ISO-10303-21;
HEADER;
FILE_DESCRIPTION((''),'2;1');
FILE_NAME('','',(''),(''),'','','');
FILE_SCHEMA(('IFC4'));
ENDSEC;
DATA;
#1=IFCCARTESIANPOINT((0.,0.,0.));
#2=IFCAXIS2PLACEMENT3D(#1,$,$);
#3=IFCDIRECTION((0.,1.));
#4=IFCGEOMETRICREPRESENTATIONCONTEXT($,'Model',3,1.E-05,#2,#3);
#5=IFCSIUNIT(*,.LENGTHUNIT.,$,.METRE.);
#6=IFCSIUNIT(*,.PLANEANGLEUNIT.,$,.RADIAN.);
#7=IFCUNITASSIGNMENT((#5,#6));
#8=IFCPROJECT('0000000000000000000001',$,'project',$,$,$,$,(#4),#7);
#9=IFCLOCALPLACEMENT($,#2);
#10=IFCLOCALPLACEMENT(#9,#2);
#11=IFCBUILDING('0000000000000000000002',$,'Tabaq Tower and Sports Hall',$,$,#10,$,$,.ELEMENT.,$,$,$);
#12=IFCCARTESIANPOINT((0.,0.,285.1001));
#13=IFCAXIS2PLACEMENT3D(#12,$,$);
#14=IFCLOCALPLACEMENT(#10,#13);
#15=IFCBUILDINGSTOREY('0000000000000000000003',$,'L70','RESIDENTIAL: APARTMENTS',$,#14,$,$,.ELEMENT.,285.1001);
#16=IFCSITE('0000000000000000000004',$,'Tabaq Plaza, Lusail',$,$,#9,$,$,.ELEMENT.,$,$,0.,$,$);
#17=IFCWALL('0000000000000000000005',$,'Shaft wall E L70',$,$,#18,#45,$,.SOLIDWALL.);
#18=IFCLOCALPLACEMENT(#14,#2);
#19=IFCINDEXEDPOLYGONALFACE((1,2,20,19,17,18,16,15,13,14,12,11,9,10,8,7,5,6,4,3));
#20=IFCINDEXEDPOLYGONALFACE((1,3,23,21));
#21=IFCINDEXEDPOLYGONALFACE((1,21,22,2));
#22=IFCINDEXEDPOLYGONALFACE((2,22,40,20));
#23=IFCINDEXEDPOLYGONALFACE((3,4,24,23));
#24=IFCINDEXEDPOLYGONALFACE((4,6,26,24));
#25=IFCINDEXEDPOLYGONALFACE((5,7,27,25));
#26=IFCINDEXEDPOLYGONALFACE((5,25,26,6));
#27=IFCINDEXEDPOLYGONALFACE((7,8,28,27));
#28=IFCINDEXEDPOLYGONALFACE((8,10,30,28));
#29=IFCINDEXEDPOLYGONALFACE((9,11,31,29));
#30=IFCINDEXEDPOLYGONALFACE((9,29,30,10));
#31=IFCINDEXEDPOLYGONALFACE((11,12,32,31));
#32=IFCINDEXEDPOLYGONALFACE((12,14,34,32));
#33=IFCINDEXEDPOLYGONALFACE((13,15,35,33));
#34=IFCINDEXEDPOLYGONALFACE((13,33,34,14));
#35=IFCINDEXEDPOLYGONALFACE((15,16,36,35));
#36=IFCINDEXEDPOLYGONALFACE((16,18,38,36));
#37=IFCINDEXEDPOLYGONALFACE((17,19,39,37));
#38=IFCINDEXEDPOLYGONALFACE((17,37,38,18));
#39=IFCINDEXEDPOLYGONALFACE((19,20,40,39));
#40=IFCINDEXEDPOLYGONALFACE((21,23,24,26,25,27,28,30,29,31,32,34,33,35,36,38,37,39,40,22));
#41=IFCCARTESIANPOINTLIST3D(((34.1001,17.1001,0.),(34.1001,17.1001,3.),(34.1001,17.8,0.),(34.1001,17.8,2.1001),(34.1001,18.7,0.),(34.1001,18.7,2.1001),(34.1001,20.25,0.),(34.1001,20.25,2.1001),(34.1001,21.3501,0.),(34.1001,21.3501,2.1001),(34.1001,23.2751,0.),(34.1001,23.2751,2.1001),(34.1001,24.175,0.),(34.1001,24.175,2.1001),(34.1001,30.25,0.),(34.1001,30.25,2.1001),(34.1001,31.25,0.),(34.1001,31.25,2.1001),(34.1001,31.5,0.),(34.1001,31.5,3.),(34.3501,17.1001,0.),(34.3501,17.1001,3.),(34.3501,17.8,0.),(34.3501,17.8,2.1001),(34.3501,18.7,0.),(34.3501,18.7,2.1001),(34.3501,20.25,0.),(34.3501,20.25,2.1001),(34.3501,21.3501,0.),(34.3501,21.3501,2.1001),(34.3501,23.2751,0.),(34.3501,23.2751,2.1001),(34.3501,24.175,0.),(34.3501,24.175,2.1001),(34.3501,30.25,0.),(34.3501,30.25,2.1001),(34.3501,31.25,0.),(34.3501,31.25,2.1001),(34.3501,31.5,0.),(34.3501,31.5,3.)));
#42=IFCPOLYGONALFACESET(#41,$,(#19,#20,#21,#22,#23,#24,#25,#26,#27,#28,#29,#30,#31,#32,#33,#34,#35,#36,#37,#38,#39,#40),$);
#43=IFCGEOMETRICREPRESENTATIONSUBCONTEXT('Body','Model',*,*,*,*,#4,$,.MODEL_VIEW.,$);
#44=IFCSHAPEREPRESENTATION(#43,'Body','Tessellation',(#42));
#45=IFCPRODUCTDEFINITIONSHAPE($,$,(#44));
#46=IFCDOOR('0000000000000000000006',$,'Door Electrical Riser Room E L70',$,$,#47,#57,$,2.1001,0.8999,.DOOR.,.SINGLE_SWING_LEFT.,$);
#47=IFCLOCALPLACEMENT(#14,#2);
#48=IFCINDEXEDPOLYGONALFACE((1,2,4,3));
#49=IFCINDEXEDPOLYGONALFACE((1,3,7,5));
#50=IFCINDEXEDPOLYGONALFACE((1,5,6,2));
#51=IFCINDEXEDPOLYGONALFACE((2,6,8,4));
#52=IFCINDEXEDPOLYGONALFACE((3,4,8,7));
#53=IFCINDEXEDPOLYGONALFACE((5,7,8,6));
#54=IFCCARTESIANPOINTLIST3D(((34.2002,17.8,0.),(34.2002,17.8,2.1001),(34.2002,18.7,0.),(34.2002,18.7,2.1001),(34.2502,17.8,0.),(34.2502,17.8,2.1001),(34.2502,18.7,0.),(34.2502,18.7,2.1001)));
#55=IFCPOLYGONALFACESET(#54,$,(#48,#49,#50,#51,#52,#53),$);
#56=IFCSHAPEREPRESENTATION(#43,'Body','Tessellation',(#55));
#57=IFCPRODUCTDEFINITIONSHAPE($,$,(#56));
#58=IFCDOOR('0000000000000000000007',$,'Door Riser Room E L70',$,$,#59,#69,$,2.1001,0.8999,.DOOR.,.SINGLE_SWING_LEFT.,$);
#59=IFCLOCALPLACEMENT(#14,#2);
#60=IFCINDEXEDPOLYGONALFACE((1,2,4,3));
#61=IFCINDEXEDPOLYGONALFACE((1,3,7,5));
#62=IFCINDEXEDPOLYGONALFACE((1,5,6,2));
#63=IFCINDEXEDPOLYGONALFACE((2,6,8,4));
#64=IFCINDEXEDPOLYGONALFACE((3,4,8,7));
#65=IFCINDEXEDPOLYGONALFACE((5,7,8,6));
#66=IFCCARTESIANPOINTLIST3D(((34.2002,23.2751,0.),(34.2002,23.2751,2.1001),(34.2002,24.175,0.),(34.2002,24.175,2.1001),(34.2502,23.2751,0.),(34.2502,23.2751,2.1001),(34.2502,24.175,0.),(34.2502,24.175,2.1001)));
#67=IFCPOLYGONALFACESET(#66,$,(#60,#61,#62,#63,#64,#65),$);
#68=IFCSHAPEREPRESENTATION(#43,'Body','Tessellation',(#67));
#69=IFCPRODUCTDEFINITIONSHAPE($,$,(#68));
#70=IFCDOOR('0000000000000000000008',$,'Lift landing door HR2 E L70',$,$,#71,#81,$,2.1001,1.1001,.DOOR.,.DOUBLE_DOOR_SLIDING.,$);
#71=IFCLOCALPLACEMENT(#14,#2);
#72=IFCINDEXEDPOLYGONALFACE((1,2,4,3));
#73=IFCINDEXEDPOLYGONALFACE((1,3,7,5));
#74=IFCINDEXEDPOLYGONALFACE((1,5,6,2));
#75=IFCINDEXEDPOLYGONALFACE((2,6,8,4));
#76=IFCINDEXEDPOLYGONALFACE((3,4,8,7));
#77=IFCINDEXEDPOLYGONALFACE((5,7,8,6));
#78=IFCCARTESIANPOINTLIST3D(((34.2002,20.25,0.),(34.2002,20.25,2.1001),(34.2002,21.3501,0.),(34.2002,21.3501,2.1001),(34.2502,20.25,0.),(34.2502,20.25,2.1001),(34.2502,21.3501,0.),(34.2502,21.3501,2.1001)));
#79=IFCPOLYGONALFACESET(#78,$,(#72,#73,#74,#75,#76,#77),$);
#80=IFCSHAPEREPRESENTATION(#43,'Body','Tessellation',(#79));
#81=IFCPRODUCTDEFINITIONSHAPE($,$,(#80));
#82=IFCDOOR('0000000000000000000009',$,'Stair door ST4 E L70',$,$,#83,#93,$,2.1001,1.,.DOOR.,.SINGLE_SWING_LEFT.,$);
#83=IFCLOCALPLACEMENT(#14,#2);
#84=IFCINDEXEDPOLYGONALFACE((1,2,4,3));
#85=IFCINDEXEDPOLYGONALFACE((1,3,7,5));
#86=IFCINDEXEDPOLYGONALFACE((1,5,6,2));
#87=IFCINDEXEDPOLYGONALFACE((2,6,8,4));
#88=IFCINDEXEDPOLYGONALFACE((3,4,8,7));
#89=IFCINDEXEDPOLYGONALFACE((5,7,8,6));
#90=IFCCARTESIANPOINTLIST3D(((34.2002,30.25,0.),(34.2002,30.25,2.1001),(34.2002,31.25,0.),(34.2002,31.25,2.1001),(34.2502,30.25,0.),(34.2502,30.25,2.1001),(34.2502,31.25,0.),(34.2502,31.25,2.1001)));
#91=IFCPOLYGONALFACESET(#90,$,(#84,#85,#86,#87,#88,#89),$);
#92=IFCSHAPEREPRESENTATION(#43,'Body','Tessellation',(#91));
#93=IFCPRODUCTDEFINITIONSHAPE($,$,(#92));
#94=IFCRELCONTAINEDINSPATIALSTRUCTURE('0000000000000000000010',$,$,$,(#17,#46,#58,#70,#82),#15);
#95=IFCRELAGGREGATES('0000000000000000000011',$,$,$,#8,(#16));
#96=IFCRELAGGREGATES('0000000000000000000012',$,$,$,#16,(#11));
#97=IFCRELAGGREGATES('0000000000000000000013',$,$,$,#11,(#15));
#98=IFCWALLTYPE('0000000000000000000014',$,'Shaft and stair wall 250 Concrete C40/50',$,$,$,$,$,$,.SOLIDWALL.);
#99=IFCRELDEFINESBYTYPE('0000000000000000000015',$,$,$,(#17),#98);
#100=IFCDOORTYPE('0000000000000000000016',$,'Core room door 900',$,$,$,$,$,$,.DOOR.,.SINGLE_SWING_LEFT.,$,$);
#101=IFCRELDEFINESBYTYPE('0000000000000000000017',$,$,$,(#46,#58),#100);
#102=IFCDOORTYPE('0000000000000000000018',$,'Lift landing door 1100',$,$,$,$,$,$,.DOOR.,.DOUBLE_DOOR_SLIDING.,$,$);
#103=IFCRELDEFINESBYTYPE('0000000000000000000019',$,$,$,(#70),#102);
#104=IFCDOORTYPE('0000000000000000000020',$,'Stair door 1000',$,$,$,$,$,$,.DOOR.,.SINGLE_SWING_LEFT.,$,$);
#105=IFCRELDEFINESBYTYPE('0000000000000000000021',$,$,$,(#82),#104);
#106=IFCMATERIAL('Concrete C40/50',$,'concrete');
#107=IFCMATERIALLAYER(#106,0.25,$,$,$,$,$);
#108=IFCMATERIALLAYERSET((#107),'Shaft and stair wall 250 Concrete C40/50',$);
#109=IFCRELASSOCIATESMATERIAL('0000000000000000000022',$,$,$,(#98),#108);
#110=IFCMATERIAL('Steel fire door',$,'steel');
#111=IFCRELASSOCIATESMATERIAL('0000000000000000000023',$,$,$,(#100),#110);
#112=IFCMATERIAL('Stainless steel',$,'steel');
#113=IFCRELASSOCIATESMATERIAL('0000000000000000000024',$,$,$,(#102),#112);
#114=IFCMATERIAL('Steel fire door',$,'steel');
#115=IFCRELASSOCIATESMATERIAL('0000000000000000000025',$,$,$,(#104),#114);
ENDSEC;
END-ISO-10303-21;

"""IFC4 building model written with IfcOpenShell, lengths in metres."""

from ifc_helpers import new_model, si_unit, direction, frame, frame_2d, origin, place, context, subcontext, project, spatial, rectangle, extrude, material, layer, layer_set, type_object, element, fill, save


model = new_model("IFC4")

# Units and contexts
model_context = context("Model", 3, precision=1e-05, world=origin(), true_north=direction((0.0, 1.0)))
body_context = subcontext(model_context, "Body", "Model", "MODEL_VIEW")
ifc_project = project(units=[si_unit("LENGTHUNIT", "METRE"), si_unit("PLANEANGLEUNIT", "RADIAN")], contexts=[model_context])

# Site, building, storey
site_placement = place(None, origin())
site = spatial("IfcSite", under=ifc_project, at=site_placement, Name="Tabaq Plaza, Lusail", CompositionType="ELEMENT", RefElevation=0.0)
building_placement = place(site_placement, origin())
building = spatial("IfcBuilding", under=site, at=building_placement, Name="Tabaq Tower and Sports Hall", CompositionType="ELEMENT")
storey_placement = place(building_placement, frame((0.0, 0.0, 285.1001)))
storey = spatial("IfcBuildingStorey", under=building, at=storey_placement, Name="L70", Description="RESIDENTIAL: APARTMENTS", CompositionType="ELEMENT", Elevation=285.1001)

# Wall, openings, doors
ifc_material_1 = material(Name="Concrete C40/50", Category="concrete")
ifc_layer_1 = layer(ifc_material_1, 0.25)
ifc_layer_set_1 = layer_set([ifc_layer_1], Name="Shaft and stair wall 250 Concrete C40/50")
wall_type_1 = type_object("IfcWallType", Name="Shaft and stair wall 250 Concrete C40/50", PredefinedType="SOLIDWALL", material=ifc_layer_set_1)
wall_1_placement = place(storey_placement, frame((34.2251, 17.1001, 0.0), z_axis=(0.0, 0.0, 1.0), x_axis=(0.0, 1.0, 0.0)))
wall_1 = element("IfcWall", 1, at=wall_1_placement, inside=storey, type_object=wall_type_1, Name="Shaft wall E L70", PredefinedType="SOLIDWALL", context=body_context, shape_type="SweptSolid", body=[
    extrude(rectangle(XDim=14.3999, YDim=0.25, at=frame_2d((7.2, 0.0))), origin(), (0.0, 0.0, 1.0), 3.0),
])
opening_1_placement = place(wall_1_placement, frame((13.1499, 0.0, 0.0)))
opening_1 = element("IfcOpeningElement", 2, at=opening_1_placement, cuts=wall_1, PredefinedType="OPENING", context=body_context, shape_type="SweptSolid", body=[
    extrude(rectangle(XDim=1.0, YDim=2.1001, at=frame_2d((0.5, 1.05))), frame((0.0, 0.125, 0.0), z_axis=(0.0, -1.0, 0.0), x_axis=(1.0, 0.0, 0.0)), (0.0, 0.0, 1.0), 0.25),
])
opening_2_placement = place(wall_1_placement, frame((3.1499, 0.0, 0.0)))
opening_2 = element("IfcOpeningElement", 3, at=opening_2_placement, cuts=wall_1, PredefinedType="OPENING", context=body_context, shape_type="SweptSolid", body=[
    extrude(rectangle(XDim=1.1001, YDim=2.1001, at=frame_2d((0.55, 1.05))), frame((0.0, 0.125, 0.0), z_axis=(0.0, -1.0, 0.0), x_axis=(1.0, 0.0, 0.0)), (0.0, 0.0, 1.0), 0.25),
])
opening_3_placement = place(wall_1_placement, frame((0.7, 0.0, 0.0)))
opening_3 = element("IfcOpeningElement", 4, at=opening_3_placement, cuts=wall_1, PredefinedType="OPENING", context=body_context, shape_type="SweptSolid", body=[
    extrude(rectangle(XDim=0.8999, YDim=2.1001, at=frame_2d((0.45, 1.05))), frame((0.0, 0.125, 0.0), z_axis=(0.0, -1.0, 0.0), x_axis=(1.0, 0.0, 0.0)), (0.0, 0.0, 1.0), 0.25),
])
opening_4_placement = place(wall_1_placement, frame((6.175, 0.0, 0.0)))
opening_4 = element("IfcOpeningElement", 5, at=opening_4_placement, cuts=wall_1, PredefinedType="OPENING", context=body_context, shape_type="SweptSolid", body=[
    extrude(rectangle(XDim=0.8999, YDim=2.1001, at=frame_2d((0.45, 1.05))), frame((0.0, 0.125, 0.0), z_axis=(0.0, -1.0, 0.0), x_axis=(1.0, 0.0, 0.0)), (0.0, 0.0, 1.0), 0.25),
])
ifc_material_2 = material(Name="Steel fire door", Category="steel")
door_type_1 = type_object("IfcDoorType", Name="Core room door 900", OperationType="SINGLE_SWING_LEFT", PredefinedType="DOOR", material=ifc_material_2)
door_1_placement = place(opening_3_placement, origin())
door_1 = element("IfcDoor", 6, at=door_1_placement, inside=storey, type_object=door_type_1, Name="Door Electrical Riser Room E L70", OperationType="SINGLE_SWING_LEFT", OverallHeight=2.1001, OverallWidth=0.8999, PredefinedType="DOOR", context=body_context, shape_type="SweptSolid", body=[
    extrude(rectangle(XDim=0.8999, YDim=2.1001, at=frame_2d((0.45, 1.05))), frame((0.0, 0.0249, 0.0), z_axis=(0.0, -1.0, 0.0), x_axis=(1.0, 0.0, 0.0)), (0.0, 0.0, 1.0), 0.05),
])
fill(opening_3, door_1)
door_2_placement = place(opening_4_placement, origin())
door_2 = element("IfcDoor", 7, at=door_2_placement, inside=storey, type_object=door_type_1, Name="Door Riser Room E L70", OperationType="SINGLE_SWING_LEFT", OverallHeight=2.1001, OverallWidth=0.8999, PredefinedType="DOOR", context=body_context, shape_type="SweptSolid", body=[
    extrude(rectangle(XDim=0.8999, YDim=2.1001, at=frame_2d((0.45, 1.05))), frame((0.0, 0.0249, 0.0), z_axis=(0.0, -1.0, 0.0), x_axis=(1.0, 0.0, 0.0)), (0.0, 0.0, 1.0), 0.05),
])
fill(opening_4, door_2)
ifc_material_3 = material(Name="Stainless steel", Category="steel")
door_type_2 = type_object("IfcDoorType", Name="Lift landing door 1100", OperationType="DOUBLE_DOOR_SLIDING", PredefinedType="DOOR", material=ifc_material_3)
door_3_placement = place(opening_2_placement, origin())
door_3 = element("IfcDoor", 8, at=door_3_placement, inside=storey, type_object=door_type_2, Name="Lift landing door HR2 E L70", OperationType="DOUBLE_DOOR_SLIDING", OverallHeight=2.1001, OverallWidth=1.1001, PredefinedType="DOOR", context=body_context, shape_type="SweptSolid", body=[
    extrude(rectangle(XDim=1.1001, YDim=2.1001, at=frame_2d((0.55, 1.05))), frame((0.0, 0.0249, 0.0), z_axis=(0.0, -1.0, 0.0), x_axis=(1.0, 0.0, 0.0)), (0.0, 0.0, 1.0), 0.05),
])
fill(opening_2, door_3)
ifc_material_4 = material(Name="Steel fire door", Category="steel")
door_type_3 = type_object("IfcDoorType", Name="Stair door 1000", OperationType="SINGLE_SWING_LEFT", PredefinedType="DOOR", material=ifc_material_4)
door_4_placement = place(opening_1_placement, origin())
door_4 = element("IfcDoor", 9, at=door_4_placement, inside=storey, type_object=door_type_3, Name="Stair door ST4 E L70", OperationType="SINGLE_SWING_LEFT", OverallHeight=2.1001, OverallWidth=1.0, PredefinedType="DOOR", context=body_context, shape_type="SweptSolid", body=[
    extrude(rectangle(XDim=1.0, YDim=2.1001, at=frame_2d((0.5, 1.05))), frame((0.0, 0.0249, 0.0), z_axis=(0.0, -1.0, 0.0), x_axis=(1.0, 0.0, 0.0)), (0.0, 0.0, 1.0), 0.05),
])
fill(opening_1, door_4)

save(model, "model.ifc")
